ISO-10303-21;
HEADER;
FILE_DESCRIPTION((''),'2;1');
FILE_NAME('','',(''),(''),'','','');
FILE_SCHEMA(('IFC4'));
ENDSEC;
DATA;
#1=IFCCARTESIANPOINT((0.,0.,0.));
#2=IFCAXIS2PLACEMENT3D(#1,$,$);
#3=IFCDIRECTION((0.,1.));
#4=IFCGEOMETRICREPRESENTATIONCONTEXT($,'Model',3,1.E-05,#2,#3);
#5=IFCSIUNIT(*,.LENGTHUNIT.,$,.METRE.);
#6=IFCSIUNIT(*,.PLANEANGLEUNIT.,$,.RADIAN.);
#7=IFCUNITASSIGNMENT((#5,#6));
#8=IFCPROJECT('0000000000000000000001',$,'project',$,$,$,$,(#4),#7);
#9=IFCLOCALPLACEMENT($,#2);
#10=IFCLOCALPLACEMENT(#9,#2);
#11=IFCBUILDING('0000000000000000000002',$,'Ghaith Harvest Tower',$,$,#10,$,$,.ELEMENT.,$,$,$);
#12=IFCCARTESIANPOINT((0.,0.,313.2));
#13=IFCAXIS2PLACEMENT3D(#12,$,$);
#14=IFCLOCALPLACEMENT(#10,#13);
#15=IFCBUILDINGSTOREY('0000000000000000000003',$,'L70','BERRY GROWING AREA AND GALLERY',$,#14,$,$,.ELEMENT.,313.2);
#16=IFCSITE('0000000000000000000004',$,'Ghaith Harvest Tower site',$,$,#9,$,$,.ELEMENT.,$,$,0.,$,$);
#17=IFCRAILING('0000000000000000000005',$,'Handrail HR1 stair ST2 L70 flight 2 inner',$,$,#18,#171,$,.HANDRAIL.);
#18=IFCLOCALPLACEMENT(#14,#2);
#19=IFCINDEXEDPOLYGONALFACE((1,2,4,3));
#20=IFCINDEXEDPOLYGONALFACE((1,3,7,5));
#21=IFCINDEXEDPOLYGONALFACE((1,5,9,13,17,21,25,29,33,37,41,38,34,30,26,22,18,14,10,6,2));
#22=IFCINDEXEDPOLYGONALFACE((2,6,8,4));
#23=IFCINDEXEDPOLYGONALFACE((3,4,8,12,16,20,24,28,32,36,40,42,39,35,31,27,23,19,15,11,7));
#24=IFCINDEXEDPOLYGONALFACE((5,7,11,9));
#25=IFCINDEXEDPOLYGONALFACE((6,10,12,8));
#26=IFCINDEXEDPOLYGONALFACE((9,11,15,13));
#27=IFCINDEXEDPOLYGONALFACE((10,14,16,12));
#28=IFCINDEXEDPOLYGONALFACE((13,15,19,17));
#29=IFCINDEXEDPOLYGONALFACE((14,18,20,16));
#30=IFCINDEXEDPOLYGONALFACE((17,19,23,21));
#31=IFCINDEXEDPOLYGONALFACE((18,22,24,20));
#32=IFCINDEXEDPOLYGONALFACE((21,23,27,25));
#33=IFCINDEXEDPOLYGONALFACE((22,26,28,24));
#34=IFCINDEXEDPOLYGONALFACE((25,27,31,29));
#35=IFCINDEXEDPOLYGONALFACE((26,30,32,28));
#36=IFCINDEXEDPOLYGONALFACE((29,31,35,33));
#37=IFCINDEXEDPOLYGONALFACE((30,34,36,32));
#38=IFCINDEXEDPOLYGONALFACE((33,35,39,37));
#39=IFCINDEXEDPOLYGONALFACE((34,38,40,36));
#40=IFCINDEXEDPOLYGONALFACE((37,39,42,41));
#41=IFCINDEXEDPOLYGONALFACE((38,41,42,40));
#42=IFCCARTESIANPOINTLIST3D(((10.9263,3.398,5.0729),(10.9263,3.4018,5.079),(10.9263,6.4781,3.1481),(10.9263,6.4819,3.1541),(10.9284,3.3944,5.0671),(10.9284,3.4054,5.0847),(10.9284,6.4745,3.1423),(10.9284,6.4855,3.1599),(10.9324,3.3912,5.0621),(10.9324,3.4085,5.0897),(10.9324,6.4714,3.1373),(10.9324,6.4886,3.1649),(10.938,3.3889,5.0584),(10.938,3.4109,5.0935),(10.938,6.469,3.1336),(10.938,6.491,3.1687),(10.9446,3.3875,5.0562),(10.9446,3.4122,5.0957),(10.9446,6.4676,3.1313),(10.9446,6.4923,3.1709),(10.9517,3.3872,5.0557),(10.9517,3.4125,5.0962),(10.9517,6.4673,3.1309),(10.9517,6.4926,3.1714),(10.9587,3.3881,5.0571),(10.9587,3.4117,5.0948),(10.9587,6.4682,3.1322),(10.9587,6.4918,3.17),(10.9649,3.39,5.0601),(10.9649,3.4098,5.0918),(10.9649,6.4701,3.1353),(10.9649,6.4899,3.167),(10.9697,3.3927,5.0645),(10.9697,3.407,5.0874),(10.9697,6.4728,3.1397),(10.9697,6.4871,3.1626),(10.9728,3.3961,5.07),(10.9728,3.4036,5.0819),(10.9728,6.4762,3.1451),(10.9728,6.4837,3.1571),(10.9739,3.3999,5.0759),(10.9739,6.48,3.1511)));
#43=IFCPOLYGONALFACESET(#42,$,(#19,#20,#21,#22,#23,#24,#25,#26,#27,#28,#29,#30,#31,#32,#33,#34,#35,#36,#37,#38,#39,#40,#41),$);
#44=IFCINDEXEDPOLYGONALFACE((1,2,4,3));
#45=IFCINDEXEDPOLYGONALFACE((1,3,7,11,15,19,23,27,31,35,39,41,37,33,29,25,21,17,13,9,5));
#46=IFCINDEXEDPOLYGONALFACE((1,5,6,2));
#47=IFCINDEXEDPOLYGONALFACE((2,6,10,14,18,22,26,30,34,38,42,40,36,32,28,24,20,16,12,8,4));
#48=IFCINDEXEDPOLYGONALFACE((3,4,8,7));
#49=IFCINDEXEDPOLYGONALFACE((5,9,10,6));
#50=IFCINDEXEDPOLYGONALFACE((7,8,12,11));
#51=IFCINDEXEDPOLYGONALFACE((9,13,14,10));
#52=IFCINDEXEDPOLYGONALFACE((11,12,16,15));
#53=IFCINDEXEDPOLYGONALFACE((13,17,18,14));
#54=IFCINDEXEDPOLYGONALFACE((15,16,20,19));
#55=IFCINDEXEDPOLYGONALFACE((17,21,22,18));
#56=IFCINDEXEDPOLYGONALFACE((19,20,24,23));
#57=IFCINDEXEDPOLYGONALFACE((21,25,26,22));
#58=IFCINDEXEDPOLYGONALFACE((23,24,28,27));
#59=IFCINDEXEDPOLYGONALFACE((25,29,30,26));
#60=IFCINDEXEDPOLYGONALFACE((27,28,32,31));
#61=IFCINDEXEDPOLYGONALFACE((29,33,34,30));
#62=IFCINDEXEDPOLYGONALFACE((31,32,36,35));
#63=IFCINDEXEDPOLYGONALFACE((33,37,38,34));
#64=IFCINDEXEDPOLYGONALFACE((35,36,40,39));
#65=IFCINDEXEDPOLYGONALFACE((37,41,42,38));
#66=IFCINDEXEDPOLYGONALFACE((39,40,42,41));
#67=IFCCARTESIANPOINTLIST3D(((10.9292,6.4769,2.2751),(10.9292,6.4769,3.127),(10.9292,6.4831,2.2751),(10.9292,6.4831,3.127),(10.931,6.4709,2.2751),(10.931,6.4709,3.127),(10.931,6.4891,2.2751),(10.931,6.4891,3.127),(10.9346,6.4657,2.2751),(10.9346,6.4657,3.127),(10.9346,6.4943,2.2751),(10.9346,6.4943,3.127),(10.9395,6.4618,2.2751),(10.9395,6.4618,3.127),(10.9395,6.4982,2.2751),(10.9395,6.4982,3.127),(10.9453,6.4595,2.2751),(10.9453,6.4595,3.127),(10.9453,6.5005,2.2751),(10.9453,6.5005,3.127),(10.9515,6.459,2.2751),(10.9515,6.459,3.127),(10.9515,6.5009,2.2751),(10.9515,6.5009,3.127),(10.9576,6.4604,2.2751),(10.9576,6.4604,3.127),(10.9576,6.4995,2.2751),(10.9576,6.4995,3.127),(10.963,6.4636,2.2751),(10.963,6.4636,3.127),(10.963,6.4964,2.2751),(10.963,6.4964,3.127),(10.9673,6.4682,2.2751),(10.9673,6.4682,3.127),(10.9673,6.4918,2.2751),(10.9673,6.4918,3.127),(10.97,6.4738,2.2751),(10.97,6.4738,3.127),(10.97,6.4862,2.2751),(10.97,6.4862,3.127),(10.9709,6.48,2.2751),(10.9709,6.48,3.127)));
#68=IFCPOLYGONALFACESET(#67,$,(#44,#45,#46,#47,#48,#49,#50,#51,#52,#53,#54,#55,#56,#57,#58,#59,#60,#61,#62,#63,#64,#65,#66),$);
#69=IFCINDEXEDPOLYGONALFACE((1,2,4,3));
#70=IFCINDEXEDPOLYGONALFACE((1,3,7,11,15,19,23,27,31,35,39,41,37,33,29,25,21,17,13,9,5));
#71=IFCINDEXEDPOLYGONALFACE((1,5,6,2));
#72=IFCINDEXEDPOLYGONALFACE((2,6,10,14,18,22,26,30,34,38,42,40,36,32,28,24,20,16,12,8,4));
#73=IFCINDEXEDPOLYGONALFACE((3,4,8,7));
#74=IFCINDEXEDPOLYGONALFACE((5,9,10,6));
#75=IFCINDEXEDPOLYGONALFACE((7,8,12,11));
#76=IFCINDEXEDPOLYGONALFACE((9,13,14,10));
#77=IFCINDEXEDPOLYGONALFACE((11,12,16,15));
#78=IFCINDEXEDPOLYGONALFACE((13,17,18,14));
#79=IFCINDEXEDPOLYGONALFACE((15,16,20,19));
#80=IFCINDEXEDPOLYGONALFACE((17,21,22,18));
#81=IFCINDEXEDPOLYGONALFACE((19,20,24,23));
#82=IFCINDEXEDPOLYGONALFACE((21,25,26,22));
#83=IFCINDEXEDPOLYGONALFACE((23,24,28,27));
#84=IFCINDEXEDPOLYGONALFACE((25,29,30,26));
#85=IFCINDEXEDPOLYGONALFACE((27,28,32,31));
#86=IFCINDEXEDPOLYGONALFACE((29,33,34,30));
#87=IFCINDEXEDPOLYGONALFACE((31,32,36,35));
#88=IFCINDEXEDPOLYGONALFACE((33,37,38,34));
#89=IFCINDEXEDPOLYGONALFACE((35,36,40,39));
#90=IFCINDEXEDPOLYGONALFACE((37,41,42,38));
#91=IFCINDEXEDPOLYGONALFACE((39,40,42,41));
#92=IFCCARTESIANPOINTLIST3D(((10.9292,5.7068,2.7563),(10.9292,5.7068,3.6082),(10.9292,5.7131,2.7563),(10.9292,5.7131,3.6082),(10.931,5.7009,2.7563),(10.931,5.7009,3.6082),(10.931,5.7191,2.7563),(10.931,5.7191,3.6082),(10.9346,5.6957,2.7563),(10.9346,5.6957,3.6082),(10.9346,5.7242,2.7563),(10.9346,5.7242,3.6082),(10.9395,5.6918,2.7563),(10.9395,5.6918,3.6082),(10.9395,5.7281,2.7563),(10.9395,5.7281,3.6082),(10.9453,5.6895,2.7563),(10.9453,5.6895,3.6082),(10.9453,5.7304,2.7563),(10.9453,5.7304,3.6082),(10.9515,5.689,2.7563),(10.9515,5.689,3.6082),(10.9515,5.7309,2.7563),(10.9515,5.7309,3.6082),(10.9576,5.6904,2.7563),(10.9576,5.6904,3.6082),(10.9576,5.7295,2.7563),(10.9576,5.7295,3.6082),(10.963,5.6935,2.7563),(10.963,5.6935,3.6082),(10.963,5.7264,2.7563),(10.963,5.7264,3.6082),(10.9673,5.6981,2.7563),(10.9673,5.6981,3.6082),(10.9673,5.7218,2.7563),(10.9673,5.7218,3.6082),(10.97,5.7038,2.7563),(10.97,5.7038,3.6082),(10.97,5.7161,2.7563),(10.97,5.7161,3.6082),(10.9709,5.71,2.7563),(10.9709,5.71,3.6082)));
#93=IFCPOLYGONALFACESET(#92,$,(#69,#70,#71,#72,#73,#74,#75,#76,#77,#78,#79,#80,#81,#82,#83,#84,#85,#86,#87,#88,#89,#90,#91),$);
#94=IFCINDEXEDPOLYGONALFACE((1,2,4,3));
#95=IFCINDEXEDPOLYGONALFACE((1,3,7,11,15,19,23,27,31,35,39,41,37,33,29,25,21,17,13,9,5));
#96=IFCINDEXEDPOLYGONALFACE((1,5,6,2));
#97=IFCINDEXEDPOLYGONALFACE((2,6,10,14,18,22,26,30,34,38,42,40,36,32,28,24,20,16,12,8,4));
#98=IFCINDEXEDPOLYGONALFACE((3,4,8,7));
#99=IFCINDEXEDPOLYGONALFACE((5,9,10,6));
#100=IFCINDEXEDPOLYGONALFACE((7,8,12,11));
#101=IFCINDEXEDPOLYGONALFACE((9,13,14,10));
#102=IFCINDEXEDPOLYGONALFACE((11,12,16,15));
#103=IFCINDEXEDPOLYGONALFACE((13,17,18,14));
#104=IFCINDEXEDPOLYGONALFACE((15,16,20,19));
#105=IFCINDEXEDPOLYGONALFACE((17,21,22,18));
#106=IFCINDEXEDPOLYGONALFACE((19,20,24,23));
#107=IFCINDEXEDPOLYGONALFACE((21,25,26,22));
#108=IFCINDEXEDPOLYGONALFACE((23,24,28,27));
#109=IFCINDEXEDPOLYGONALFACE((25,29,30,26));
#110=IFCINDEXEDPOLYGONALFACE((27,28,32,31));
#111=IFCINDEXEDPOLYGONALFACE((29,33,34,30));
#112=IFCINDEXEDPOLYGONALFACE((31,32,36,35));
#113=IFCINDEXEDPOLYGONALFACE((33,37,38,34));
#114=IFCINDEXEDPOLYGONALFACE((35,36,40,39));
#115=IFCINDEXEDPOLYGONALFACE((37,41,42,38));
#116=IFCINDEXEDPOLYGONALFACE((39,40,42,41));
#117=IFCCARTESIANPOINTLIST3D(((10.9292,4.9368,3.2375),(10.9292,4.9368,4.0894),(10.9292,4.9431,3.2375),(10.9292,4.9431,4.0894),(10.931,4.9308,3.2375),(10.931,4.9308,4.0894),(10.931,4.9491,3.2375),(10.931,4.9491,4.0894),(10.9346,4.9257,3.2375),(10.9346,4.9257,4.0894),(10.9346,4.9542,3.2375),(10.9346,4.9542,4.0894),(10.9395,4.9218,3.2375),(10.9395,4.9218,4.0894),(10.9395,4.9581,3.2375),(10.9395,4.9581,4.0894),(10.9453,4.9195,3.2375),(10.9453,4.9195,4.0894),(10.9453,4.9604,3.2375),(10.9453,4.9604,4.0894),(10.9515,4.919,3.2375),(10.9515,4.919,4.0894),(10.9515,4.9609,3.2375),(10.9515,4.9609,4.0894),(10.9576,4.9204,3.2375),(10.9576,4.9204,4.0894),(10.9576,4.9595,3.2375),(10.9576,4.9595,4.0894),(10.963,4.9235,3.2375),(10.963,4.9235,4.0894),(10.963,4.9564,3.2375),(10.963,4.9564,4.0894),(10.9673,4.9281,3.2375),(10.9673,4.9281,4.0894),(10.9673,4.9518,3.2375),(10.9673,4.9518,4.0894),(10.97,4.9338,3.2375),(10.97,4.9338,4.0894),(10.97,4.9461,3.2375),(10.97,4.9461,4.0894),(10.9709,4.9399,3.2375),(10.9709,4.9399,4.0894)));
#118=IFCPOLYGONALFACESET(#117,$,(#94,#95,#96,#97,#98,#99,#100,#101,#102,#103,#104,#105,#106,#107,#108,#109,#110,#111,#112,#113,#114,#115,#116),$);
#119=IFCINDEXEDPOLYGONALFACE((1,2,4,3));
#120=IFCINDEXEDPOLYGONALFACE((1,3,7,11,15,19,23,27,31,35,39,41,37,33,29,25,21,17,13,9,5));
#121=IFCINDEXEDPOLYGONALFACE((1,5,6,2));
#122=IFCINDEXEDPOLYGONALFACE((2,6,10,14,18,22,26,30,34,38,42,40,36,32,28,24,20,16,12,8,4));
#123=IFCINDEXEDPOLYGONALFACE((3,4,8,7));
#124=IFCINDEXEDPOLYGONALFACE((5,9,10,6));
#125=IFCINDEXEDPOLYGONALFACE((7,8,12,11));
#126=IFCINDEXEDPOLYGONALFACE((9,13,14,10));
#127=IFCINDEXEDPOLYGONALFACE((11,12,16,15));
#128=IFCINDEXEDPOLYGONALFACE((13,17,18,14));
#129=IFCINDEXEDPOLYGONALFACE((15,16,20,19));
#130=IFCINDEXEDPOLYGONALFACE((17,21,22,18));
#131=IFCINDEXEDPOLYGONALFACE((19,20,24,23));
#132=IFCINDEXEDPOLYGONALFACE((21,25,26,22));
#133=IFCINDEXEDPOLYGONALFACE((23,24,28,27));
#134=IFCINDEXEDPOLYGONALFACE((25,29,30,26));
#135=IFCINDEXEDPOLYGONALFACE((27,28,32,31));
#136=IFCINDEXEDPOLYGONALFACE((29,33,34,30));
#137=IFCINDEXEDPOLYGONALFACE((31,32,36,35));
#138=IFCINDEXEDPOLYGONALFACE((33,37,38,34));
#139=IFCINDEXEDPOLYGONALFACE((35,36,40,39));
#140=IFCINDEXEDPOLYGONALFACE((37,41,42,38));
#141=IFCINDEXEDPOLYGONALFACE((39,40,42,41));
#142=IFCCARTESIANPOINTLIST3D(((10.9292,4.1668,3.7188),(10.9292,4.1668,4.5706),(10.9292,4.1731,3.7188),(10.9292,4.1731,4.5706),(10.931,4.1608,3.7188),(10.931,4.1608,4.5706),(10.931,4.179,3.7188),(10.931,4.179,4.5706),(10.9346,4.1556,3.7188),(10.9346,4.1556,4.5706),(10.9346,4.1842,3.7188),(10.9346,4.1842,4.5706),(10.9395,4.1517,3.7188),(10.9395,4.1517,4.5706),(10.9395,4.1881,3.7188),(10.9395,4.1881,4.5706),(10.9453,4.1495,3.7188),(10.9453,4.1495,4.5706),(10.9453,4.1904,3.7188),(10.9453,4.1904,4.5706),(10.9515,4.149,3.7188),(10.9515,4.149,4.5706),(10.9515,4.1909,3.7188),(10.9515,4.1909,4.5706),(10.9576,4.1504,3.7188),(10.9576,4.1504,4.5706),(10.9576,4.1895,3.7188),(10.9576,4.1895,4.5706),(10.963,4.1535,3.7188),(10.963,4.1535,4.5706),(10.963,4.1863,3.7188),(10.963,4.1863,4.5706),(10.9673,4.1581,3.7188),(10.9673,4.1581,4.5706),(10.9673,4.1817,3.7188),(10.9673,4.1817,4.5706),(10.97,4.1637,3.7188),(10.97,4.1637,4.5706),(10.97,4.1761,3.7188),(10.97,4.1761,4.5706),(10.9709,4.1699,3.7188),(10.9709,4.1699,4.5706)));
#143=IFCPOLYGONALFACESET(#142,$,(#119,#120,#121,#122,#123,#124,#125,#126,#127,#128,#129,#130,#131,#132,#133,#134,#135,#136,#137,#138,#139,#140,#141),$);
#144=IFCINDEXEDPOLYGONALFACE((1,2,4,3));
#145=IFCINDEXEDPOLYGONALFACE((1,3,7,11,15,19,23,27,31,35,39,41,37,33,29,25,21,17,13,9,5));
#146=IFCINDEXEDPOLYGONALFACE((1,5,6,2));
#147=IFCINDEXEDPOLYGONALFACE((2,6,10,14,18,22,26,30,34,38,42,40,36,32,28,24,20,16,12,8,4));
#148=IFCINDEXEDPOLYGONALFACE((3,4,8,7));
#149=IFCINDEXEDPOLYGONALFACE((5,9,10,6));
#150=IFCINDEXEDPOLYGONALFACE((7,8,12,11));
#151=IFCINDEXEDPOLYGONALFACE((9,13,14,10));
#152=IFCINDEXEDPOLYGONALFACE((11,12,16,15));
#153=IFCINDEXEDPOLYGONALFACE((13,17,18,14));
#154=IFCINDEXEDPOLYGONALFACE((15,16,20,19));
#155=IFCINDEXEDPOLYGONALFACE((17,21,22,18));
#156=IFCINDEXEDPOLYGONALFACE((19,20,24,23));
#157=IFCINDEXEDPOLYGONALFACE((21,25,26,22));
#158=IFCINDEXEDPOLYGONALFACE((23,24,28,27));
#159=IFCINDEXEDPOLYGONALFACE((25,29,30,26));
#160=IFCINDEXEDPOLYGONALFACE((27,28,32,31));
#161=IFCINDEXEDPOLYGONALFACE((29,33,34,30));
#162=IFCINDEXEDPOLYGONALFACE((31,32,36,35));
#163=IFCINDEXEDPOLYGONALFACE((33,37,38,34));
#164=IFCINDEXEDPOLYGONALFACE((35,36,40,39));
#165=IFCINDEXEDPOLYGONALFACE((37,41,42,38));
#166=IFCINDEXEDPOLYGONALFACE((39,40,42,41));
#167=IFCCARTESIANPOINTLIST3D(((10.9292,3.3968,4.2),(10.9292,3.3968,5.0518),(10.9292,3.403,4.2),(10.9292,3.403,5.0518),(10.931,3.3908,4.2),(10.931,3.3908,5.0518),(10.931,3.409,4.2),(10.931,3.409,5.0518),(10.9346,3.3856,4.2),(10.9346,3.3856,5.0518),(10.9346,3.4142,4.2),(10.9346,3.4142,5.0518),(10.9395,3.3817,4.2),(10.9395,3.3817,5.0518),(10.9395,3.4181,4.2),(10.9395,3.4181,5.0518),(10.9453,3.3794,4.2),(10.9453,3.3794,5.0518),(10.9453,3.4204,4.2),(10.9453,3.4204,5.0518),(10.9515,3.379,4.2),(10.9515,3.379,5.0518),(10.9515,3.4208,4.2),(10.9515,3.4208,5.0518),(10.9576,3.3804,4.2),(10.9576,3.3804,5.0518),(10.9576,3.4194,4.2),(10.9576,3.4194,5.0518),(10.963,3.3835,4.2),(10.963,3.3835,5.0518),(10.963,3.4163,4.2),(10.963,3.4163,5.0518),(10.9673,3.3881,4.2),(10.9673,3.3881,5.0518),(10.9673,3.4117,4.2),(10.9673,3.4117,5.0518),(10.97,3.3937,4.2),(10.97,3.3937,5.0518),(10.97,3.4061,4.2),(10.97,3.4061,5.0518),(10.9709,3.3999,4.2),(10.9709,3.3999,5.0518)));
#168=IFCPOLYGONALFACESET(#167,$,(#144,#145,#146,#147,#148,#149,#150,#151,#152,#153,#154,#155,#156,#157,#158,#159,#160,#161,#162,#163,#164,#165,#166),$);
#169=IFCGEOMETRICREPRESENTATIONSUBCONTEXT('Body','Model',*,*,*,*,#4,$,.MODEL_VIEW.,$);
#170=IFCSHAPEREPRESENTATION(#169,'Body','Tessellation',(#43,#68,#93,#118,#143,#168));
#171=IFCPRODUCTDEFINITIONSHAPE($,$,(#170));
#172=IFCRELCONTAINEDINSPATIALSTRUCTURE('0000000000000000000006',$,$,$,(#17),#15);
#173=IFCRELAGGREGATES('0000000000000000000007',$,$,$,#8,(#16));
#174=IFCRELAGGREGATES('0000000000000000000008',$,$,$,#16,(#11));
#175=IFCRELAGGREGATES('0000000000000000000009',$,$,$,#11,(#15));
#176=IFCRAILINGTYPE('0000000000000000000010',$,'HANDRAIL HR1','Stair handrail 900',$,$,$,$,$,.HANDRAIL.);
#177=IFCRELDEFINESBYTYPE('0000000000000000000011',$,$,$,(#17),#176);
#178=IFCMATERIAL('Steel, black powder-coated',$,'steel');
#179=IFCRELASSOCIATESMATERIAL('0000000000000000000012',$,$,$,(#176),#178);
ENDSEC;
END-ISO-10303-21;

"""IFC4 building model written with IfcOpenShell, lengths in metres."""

from ifc_helpers import new_model, si_unit, direction, frame, origin, origin_2d, place, context, subcontext, project, spatial, circle, extrude, material, type_object, element, save


model = new_model("IFC4")

# Units and contexts
model_context = context("Model", 3, precision=1e-05, world=origin(), true_north=direction((0.0, 1.0)))
body_context = subcontext(model_context, "Body", "Model", "MODEL_VIEW")
ifc_project = project(units=[si_unit("LENGTHUNIT", "METRE"), si_unit("PLANEANGLEUNIT", "RADIAN")], contexts=[model_context])

# Site, building, storey
site_placement = place(None, origin())
site = spatial("IfcSite", under=ifc_project, at=site_placement, Name="Ghaith Harvest Tower site", CompositionType="ELEMENT", RefElevation=0.0)
building_placement = place(site_placement, origin())
building = spatial("IfcBuilding", under=site, at=building_placement, Name="Ghaith Harvest Tower", CompositionType="ELEMENT")
storey_placement = place(building_placement, frame((0.0, 0.0, 313.2)))
storey = spatial("IfcBuildingStorey", under=building, at=storey_placement, Name="L70", Description="BERRY GROWING AREA AND GALLERY", CompositionType="ELEMENT", Elevation=313.2)

# Railing
ifc_material_1 = material(Name="Steel, black powder-coated", Category="steel")
railing_type = type_object("IfcRailingType", Name="HANDRAIL HR1", Description="Stair handrail 900", PredefinedType="HANDRAIL", material=ifc_material_1)
railing_1_placement = place(storey_placement, frame((10.95, 6.48, 2.2751)))
element("IfcRailing", 1, at=railing_1_placement, inside=storey, type_object=railing_type, Name="Handrail HR1 stair ST2 L70 flight 2 inner", PredefinedType="HANDRAIL", context=body_context, shape_type="SweptSolid", body=[
    extrude(circle(Radius=0.0239, at=origin_2d()), frame((0.0, 0.0, 0.876), z_axis=(0.0, -0.848029, 0.529951), x_axis=(1.0, 0.0, 0.0)), (0.0, 0.0, 1.0), 3.6321),
    extrude(circle(Radius=0.021, at=origin_2d()), origin(), (0.0, 0.0, 1.0), 0.8518),
    extrude(circle(Radius=0.021, at=origin_2d()), frame((0.0, -0.77, 0.4812)), (0.0, 0.0, 1.0), 0.8518),
    extrude(circle(Radius=0.021, at=origin_2d()), frame((0.0, -1.54, 0.9624)), (0.0, 0.0, 1.0), 0.8518),
    extrude(circle(Radius=0.021, at=origin_2d()), frame((0.0, -2.3101, 1.4436)), (0.0, 0.0, 1.0), 0.8518),
    extrude(circle(Radius=0.021, at=origin_2d()), frame((0.0, -3.0801, 1.9248)), (0.0, 0.0, 1.0), 0.8518),
])

save(model, "model.ifc")
